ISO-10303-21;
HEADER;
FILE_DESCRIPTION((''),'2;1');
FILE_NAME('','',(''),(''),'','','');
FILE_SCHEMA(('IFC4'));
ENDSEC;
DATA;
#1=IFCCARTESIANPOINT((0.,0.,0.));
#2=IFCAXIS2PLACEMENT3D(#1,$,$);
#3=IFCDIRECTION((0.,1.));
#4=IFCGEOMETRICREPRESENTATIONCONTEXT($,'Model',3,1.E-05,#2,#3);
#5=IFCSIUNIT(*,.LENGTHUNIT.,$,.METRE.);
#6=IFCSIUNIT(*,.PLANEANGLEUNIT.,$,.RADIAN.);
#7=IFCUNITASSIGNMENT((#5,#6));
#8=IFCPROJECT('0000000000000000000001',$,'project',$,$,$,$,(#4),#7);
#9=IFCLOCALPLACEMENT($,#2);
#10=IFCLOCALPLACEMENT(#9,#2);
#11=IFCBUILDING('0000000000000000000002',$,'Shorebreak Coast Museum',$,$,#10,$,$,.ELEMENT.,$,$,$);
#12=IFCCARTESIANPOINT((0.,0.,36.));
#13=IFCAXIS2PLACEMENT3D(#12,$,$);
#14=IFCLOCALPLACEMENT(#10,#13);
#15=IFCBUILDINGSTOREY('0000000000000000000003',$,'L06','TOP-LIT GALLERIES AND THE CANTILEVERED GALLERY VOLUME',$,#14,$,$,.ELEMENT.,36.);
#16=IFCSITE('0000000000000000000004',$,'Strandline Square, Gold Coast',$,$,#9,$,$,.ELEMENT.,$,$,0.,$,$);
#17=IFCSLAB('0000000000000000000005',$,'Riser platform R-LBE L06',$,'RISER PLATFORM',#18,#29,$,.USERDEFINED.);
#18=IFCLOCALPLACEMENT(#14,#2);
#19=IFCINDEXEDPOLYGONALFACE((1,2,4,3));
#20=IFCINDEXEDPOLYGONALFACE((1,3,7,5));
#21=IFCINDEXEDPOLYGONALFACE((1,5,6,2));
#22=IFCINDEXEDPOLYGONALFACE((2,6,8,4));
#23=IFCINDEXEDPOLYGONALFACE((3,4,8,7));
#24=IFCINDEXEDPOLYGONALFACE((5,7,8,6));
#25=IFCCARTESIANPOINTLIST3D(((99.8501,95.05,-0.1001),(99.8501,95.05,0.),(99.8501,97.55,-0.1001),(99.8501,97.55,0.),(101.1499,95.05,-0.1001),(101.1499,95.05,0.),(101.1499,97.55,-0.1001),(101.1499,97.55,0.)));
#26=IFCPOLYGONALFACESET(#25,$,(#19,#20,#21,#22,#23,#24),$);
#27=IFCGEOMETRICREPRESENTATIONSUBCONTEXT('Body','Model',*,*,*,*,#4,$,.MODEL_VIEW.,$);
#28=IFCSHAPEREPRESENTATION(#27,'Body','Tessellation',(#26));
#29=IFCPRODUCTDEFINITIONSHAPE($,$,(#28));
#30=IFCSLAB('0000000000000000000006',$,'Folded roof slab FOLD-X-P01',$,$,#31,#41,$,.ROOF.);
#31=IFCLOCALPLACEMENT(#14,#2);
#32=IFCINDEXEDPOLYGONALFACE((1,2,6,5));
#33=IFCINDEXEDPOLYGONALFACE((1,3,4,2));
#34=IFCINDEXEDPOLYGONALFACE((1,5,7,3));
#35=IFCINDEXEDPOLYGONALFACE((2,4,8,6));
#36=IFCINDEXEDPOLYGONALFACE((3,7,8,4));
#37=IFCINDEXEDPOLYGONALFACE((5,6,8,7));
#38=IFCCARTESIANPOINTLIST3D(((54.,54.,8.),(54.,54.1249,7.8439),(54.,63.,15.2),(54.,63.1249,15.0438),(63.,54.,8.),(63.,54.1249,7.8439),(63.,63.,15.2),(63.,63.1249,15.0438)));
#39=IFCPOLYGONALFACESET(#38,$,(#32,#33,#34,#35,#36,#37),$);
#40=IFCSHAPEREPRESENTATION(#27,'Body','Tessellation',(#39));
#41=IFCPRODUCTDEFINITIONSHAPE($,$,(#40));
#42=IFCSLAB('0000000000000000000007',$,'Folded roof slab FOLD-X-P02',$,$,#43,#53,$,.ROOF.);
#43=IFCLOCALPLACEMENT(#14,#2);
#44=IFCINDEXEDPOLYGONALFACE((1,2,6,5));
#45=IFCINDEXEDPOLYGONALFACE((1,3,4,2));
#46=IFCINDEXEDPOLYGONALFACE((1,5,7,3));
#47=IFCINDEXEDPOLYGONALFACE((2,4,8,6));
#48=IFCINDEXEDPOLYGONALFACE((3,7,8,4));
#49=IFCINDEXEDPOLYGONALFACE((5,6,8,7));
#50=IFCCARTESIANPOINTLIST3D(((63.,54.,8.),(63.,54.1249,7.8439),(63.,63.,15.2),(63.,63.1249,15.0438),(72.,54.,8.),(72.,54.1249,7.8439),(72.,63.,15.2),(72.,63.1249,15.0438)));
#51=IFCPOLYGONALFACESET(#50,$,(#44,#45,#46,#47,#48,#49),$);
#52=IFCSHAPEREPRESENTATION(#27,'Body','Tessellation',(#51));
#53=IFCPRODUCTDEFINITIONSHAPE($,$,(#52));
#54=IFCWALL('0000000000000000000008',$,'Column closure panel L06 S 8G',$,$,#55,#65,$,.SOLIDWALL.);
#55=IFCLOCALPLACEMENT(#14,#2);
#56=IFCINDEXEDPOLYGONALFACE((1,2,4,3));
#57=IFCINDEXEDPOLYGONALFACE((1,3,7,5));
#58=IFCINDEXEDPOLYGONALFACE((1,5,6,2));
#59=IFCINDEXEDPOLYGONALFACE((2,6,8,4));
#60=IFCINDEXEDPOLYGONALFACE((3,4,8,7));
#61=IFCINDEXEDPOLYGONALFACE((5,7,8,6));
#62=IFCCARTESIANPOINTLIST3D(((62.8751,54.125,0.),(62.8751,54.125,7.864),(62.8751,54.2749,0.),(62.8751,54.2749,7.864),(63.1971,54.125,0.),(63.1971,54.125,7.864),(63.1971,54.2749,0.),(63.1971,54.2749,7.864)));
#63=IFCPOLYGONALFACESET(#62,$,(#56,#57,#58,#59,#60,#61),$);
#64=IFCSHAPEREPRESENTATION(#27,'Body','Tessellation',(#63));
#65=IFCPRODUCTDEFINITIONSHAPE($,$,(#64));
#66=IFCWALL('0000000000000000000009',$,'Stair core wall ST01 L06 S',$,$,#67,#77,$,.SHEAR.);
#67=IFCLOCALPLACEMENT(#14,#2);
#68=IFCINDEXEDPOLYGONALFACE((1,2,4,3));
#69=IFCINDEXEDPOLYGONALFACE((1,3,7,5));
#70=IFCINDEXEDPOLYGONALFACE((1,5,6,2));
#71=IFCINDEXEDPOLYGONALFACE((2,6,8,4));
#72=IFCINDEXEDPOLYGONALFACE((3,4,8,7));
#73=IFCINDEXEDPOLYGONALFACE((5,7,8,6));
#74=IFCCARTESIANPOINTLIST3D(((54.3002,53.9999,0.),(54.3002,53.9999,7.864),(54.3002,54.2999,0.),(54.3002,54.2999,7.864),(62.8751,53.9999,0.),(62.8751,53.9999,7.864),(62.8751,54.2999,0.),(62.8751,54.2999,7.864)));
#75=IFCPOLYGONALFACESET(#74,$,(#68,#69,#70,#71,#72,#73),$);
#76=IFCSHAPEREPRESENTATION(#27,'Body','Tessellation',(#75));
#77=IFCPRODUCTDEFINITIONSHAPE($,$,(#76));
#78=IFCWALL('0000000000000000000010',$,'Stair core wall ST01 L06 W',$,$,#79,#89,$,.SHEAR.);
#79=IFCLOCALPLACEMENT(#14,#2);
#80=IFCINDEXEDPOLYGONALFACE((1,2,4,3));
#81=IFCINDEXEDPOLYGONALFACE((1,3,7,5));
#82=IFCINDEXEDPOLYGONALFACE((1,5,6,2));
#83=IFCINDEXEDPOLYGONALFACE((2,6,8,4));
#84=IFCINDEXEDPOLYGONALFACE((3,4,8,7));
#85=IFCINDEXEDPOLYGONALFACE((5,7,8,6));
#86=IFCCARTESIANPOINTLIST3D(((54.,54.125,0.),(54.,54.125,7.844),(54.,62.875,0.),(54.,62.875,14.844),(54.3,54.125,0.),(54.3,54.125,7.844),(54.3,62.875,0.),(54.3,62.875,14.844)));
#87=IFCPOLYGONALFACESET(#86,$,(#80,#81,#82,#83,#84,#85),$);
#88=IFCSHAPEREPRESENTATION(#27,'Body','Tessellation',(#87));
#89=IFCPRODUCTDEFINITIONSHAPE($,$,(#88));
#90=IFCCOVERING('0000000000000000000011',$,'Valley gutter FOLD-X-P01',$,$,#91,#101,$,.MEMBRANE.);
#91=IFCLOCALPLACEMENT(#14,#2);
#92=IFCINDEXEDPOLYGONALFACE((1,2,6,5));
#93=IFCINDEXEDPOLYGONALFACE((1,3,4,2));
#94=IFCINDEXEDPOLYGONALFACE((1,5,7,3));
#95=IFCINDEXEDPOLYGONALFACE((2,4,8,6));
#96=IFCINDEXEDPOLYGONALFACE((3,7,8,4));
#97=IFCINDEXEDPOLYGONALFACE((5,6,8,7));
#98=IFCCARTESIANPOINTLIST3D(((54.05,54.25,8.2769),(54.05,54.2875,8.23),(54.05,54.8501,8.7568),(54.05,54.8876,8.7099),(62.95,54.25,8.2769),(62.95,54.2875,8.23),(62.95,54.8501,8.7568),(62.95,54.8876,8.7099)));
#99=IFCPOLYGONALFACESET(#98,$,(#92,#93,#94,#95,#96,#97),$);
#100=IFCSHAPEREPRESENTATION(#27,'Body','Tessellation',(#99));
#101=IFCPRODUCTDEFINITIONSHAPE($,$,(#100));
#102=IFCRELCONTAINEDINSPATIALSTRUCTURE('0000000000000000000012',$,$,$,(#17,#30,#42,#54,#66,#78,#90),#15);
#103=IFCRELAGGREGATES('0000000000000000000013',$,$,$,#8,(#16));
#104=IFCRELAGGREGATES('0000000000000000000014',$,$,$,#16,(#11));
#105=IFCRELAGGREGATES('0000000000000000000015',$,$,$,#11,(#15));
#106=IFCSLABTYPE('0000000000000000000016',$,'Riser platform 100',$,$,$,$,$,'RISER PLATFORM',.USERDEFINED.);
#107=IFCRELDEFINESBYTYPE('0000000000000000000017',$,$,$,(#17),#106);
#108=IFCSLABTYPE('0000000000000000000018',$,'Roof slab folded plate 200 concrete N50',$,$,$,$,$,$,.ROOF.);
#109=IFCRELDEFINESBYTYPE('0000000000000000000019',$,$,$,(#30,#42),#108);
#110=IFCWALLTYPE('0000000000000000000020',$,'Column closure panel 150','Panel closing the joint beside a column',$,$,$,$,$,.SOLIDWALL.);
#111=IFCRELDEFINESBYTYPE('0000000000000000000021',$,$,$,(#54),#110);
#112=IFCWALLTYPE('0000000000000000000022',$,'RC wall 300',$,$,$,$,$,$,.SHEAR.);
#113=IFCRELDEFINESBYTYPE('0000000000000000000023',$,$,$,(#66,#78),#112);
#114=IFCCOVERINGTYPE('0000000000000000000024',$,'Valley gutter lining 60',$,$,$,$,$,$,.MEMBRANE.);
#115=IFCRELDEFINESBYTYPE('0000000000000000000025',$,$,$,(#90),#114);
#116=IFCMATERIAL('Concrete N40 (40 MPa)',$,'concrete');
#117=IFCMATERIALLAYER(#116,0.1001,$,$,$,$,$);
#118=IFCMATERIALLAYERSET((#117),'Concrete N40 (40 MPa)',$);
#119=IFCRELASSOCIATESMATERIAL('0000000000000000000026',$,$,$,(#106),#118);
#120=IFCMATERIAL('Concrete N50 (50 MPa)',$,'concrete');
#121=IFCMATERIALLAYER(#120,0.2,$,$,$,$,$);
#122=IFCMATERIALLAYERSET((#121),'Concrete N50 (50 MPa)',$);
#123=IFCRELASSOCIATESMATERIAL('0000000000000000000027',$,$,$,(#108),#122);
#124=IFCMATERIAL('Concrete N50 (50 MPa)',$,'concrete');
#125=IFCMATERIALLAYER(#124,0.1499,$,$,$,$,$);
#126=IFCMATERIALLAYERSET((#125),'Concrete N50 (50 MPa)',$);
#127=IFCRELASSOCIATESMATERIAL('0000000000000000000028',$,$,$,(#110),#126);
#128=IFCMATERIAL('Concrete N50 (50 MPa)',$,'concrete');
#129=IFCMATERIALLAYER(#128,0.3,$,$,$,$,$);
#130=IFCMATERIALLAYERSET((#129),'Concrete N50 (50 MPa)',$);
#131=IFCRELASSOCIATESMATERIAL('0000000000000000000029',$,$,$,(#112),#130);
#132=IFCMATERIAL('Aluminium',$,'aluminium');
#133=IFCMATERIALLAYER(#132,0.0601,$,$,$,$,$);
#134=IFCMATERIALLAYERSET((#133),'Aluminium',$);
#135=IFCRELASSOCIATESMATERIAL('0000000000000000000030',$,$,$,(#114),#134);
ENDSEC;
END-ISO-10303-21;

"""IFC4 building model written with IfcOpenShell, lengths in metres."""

from ifc_helpers import new_model, si_unit, direction, frame, frame_2d, origin, place, context, subcontext, project, spatial, polyline, rectangle, outline, extrude, material, layer, layer_set, type_object, element, save


model = new_model("IFC4")

# Units and contexts
model_context = context("Model", 3, precision=1e-05, world=origin(), true_north=direction((0.0, 1.0)))
body_context = subcontext(model_context, "Body", "Model", "MODEL_VIEW")
ifc_project = project(units=[si_unit("LENGTHUNIT", "METRE"), si_unit("PLANEANGLEUNIT", "RADIAN")], contexts=[model_context])

# Site, building, storey
site_placement = place(None, origin())
site = spatial("IfcSite", under=ifc_project, at=site_placement, Name="Strandline Square, Gold Coast", CompositionType="ELEMENT", RefElevation=0.0)
building_placement = place(site_placement, origin())
building = spatial("IfcBuilding", under=site, at=building_placement, Name="Shorebreak Coast Museum", CompositionType="ELEMENT")
storey_placement = place(building_placement, frame((0.0, 0.0, 36.0)))
storey = spatial("IfcBuildingStorey", under=building, at=storey_placement, Name="L06", Description="TOP-LIT GALLERIES AND THE CANTILEVERED GALLERY VOLUME", CompositionType="ELEMENT", Elevation=36.0)

# Slabs
ifc_material_1 = material(Name="Concrete N40 (40 MPa)", Category="concrete")
ifc_layer_1 = layer(ifc_material_1, 0.1001)
ifc_layer_set_1 = layer_set([ifc_layer_1], Name="Concrete N40 (40 MPa)")
slab_type_1 = type_object("IfcSlabType", Name="Riser platform 100", ElementType="RISER PLATFORM", PredefinedType="USERDEFINED", material=ifc_layer_set_1)
slab_1_placement = place(storey_placement, frame((0.0, 0.0, -0.1001)))
element("IfcSlab", 1, at=slab_1_placement, inside=storey, type_object=slab_type_1, Name="Riser platform R-LBE L06", ObjectType="RISER PLATFORM", PredefinedType="USERDEFINED", context=body_context, shape_type="SweptSolid", body=[
    extrude(outline(polyline([(99.8501, 95.05), (101.1499, 95.05), (101.1499, 97.55), (99.8501, 97.55), (99.8501, 95.05)])), origin(), (0.0, 0.0, 1.0), 0.1001),
])
ifc_material_2 = material(Name="Concrete N50 (50 MPa)", Category="concrete")
ifc_layer_2 = layer(ifc_material_2, 0.2)
ifc_layer_set_2 = layer_set([ifc_layer_2], Name="Concrete N50 (50 MPa)")
slab_type_2 = type_object("IfcSlabType", Name="Roof slab folded plate 200 concrete N50", PredefinedType="ROOF", material=ifc_layer_set_2)
for number, where, z_axis, x_axis, name in (
    (2, (54.0, 54.0, 8.0), (0.0, -0.624692, 0.780871), (1.0, 0.0, 0.0), "Folded roof slab FOLD-X-P01"),
    (3, (63.0, 54.0, 8.0), (0.0, -0.624692, 0.780871), (1.0, 0.0, 0.0), "Folded roof slab FOLD-X-P02"),
):
    element("IfcSlab", number, at=place(storey_placement, frame(where, z_axis=z_axis, x_axis=x_axis)), inside=storey, type_object=slab_type_2, Name=name, PredefinedType="ROOF", context=body_context, shape_type="SweptSolid", body=[
        extrude(outline(polyline([(0.0, 0.0), (9.0, 0.0), (9.0, 11.5256), (0.0, 11.5256), (0.0, 0.0)])), origin(), (0.0, 0.0, -1.0), 0.2),
    ])

# Walls
ifc_material_3 = material(Name="Concrete N50 (50 MPa)", Category="concrete")
ifc_layer_3 = layer(ifc_material_3, 0.1499)
ifc_layer_set_3 = layer_set([ifc_layer_3], Name="Concrete N50 (50 MPa)")
wall_type_1 = type_object("IfcWallType", Name="Column closure panel 150", Description="Panel closing the joint beside a column", PredefinedType="SOLIDWALL", material=ifc_layer_set_3)
wall_1_placement = place(storey_placement, frame((62.875, 54.2, 0.0), z_axis=(0.0, 0.0, 1.0), x_axis=(1.0, 0.0, 0.0)))
element("IfcWall", 4, at=wall_1_placement, inside=storey, type_object=wall_type_1, Name="Column closure panel L06 S 8G", PredefinedType="SOLIDWALL", context=body_context, shape_type="SweptSolid", body=[
    extrude(rectangle(XDim=0.322, YDim=0.1499, at=frame_2d((0.1611, 0.0))), origin(), (0.0, 0.0, 1.0), 7.864),
])
ifc_material_4 = material(Name="Concrete N50 (50 MPa)", Category="concrete")
ifc_layer_4 = layer(ifc_material_4, 0.3)
ifc_layer_set_4 = layer_set([ifc_layer_4], Name="Concrete N50 (50 MPa)")
wall_type_2 = type_object("IfcWallType", Name="RC wall 300", PredefinedType="SHEAR", material=ifc_layer_set_4)
wall_2_placement = place(storey_placement, frame((54.3, 54.1499, 0.0), z_axis=(0.0, 0.0, 1.0), x_axis=(1.0, 0.0, 0.0)))
element("IfcWall", 5, at=wall_2_placement, inside=storey, type_object=wall_type_2, Name="Stair core wall ST01 L06 S", PredefinedType="SHEAR", context=body_context, shape_type="SweptSolid", body=[
    extrude(rectangle(XDim=8.575, YDim=0.3, at=frame_2d((4.2876, 0.0))), origin(), (0.0, 0.0, 1.0), 7.864),
])
wall_3_placement = place(storey_placement, frame((54.1499, 54.125, 0.0), z_axis=(0.0, 0.0, 1.0), x_axis=(0.0, 1.0, 0.0)))
element("IfcWall", 6, at=wall_3_placement, inside=storey, type_object=wall_type_2, Name="Stair core wall ST01 L06 W", PredefinedType="SHEAR", context=body_context, shape_type="SweptSolid", body=[
    extrude(outline(polyline([(0.0, 0.0), (8.75, 0.0), (8.75, 14.844), (0.0, 7.844), (0.0, 0.0)])), frame((0.0, 0.1499, 0.0), z_axis=(0.0, -1.0, 0.0), x_axis=(1.0, 0.0, 0.0)), (0.0, 0.0, 1.0), 0.3),
])

# Covering
ifc_material_5 = material(Name="Aluminium", Category="aluminium")
ifc_layer_5 = layer(ifc_material_5, 0.0601)
ifc_layer_set_5 = layer_set([ifc_layer_5], Name="Aluminium")
covering_type = type_object("IfcCoveringType", Name="Valley gutter lining 60", PredefinedType="MEMBRANE", material=ifc_layer_set_5)
covering_placement = place(storey_placement, frame((54.05, 54.25, 8.2769), z_axis=(0.0, -0.624618, 0.780931), x_axis=(1.0, 0.0, 0.0)))
element("IfcCovering", 7, at=covering_placement, inside=storey, type_object=covering_type, Name="Valley gutter FOLD-X-P01", PredefinedType="MEMBRANE", context=body_context, shape_type="SweptSolid", body=[
    extrude(outline(polyline([(0.0, 0.0), (8.8999, 0.0), (8.8999, 0.7684), (0.0, 0.7684), (0.0, 0.0)])), origin(), (0.0, 0.0, -1.0), 0.0601),
])

save(model, "model.ifc")
